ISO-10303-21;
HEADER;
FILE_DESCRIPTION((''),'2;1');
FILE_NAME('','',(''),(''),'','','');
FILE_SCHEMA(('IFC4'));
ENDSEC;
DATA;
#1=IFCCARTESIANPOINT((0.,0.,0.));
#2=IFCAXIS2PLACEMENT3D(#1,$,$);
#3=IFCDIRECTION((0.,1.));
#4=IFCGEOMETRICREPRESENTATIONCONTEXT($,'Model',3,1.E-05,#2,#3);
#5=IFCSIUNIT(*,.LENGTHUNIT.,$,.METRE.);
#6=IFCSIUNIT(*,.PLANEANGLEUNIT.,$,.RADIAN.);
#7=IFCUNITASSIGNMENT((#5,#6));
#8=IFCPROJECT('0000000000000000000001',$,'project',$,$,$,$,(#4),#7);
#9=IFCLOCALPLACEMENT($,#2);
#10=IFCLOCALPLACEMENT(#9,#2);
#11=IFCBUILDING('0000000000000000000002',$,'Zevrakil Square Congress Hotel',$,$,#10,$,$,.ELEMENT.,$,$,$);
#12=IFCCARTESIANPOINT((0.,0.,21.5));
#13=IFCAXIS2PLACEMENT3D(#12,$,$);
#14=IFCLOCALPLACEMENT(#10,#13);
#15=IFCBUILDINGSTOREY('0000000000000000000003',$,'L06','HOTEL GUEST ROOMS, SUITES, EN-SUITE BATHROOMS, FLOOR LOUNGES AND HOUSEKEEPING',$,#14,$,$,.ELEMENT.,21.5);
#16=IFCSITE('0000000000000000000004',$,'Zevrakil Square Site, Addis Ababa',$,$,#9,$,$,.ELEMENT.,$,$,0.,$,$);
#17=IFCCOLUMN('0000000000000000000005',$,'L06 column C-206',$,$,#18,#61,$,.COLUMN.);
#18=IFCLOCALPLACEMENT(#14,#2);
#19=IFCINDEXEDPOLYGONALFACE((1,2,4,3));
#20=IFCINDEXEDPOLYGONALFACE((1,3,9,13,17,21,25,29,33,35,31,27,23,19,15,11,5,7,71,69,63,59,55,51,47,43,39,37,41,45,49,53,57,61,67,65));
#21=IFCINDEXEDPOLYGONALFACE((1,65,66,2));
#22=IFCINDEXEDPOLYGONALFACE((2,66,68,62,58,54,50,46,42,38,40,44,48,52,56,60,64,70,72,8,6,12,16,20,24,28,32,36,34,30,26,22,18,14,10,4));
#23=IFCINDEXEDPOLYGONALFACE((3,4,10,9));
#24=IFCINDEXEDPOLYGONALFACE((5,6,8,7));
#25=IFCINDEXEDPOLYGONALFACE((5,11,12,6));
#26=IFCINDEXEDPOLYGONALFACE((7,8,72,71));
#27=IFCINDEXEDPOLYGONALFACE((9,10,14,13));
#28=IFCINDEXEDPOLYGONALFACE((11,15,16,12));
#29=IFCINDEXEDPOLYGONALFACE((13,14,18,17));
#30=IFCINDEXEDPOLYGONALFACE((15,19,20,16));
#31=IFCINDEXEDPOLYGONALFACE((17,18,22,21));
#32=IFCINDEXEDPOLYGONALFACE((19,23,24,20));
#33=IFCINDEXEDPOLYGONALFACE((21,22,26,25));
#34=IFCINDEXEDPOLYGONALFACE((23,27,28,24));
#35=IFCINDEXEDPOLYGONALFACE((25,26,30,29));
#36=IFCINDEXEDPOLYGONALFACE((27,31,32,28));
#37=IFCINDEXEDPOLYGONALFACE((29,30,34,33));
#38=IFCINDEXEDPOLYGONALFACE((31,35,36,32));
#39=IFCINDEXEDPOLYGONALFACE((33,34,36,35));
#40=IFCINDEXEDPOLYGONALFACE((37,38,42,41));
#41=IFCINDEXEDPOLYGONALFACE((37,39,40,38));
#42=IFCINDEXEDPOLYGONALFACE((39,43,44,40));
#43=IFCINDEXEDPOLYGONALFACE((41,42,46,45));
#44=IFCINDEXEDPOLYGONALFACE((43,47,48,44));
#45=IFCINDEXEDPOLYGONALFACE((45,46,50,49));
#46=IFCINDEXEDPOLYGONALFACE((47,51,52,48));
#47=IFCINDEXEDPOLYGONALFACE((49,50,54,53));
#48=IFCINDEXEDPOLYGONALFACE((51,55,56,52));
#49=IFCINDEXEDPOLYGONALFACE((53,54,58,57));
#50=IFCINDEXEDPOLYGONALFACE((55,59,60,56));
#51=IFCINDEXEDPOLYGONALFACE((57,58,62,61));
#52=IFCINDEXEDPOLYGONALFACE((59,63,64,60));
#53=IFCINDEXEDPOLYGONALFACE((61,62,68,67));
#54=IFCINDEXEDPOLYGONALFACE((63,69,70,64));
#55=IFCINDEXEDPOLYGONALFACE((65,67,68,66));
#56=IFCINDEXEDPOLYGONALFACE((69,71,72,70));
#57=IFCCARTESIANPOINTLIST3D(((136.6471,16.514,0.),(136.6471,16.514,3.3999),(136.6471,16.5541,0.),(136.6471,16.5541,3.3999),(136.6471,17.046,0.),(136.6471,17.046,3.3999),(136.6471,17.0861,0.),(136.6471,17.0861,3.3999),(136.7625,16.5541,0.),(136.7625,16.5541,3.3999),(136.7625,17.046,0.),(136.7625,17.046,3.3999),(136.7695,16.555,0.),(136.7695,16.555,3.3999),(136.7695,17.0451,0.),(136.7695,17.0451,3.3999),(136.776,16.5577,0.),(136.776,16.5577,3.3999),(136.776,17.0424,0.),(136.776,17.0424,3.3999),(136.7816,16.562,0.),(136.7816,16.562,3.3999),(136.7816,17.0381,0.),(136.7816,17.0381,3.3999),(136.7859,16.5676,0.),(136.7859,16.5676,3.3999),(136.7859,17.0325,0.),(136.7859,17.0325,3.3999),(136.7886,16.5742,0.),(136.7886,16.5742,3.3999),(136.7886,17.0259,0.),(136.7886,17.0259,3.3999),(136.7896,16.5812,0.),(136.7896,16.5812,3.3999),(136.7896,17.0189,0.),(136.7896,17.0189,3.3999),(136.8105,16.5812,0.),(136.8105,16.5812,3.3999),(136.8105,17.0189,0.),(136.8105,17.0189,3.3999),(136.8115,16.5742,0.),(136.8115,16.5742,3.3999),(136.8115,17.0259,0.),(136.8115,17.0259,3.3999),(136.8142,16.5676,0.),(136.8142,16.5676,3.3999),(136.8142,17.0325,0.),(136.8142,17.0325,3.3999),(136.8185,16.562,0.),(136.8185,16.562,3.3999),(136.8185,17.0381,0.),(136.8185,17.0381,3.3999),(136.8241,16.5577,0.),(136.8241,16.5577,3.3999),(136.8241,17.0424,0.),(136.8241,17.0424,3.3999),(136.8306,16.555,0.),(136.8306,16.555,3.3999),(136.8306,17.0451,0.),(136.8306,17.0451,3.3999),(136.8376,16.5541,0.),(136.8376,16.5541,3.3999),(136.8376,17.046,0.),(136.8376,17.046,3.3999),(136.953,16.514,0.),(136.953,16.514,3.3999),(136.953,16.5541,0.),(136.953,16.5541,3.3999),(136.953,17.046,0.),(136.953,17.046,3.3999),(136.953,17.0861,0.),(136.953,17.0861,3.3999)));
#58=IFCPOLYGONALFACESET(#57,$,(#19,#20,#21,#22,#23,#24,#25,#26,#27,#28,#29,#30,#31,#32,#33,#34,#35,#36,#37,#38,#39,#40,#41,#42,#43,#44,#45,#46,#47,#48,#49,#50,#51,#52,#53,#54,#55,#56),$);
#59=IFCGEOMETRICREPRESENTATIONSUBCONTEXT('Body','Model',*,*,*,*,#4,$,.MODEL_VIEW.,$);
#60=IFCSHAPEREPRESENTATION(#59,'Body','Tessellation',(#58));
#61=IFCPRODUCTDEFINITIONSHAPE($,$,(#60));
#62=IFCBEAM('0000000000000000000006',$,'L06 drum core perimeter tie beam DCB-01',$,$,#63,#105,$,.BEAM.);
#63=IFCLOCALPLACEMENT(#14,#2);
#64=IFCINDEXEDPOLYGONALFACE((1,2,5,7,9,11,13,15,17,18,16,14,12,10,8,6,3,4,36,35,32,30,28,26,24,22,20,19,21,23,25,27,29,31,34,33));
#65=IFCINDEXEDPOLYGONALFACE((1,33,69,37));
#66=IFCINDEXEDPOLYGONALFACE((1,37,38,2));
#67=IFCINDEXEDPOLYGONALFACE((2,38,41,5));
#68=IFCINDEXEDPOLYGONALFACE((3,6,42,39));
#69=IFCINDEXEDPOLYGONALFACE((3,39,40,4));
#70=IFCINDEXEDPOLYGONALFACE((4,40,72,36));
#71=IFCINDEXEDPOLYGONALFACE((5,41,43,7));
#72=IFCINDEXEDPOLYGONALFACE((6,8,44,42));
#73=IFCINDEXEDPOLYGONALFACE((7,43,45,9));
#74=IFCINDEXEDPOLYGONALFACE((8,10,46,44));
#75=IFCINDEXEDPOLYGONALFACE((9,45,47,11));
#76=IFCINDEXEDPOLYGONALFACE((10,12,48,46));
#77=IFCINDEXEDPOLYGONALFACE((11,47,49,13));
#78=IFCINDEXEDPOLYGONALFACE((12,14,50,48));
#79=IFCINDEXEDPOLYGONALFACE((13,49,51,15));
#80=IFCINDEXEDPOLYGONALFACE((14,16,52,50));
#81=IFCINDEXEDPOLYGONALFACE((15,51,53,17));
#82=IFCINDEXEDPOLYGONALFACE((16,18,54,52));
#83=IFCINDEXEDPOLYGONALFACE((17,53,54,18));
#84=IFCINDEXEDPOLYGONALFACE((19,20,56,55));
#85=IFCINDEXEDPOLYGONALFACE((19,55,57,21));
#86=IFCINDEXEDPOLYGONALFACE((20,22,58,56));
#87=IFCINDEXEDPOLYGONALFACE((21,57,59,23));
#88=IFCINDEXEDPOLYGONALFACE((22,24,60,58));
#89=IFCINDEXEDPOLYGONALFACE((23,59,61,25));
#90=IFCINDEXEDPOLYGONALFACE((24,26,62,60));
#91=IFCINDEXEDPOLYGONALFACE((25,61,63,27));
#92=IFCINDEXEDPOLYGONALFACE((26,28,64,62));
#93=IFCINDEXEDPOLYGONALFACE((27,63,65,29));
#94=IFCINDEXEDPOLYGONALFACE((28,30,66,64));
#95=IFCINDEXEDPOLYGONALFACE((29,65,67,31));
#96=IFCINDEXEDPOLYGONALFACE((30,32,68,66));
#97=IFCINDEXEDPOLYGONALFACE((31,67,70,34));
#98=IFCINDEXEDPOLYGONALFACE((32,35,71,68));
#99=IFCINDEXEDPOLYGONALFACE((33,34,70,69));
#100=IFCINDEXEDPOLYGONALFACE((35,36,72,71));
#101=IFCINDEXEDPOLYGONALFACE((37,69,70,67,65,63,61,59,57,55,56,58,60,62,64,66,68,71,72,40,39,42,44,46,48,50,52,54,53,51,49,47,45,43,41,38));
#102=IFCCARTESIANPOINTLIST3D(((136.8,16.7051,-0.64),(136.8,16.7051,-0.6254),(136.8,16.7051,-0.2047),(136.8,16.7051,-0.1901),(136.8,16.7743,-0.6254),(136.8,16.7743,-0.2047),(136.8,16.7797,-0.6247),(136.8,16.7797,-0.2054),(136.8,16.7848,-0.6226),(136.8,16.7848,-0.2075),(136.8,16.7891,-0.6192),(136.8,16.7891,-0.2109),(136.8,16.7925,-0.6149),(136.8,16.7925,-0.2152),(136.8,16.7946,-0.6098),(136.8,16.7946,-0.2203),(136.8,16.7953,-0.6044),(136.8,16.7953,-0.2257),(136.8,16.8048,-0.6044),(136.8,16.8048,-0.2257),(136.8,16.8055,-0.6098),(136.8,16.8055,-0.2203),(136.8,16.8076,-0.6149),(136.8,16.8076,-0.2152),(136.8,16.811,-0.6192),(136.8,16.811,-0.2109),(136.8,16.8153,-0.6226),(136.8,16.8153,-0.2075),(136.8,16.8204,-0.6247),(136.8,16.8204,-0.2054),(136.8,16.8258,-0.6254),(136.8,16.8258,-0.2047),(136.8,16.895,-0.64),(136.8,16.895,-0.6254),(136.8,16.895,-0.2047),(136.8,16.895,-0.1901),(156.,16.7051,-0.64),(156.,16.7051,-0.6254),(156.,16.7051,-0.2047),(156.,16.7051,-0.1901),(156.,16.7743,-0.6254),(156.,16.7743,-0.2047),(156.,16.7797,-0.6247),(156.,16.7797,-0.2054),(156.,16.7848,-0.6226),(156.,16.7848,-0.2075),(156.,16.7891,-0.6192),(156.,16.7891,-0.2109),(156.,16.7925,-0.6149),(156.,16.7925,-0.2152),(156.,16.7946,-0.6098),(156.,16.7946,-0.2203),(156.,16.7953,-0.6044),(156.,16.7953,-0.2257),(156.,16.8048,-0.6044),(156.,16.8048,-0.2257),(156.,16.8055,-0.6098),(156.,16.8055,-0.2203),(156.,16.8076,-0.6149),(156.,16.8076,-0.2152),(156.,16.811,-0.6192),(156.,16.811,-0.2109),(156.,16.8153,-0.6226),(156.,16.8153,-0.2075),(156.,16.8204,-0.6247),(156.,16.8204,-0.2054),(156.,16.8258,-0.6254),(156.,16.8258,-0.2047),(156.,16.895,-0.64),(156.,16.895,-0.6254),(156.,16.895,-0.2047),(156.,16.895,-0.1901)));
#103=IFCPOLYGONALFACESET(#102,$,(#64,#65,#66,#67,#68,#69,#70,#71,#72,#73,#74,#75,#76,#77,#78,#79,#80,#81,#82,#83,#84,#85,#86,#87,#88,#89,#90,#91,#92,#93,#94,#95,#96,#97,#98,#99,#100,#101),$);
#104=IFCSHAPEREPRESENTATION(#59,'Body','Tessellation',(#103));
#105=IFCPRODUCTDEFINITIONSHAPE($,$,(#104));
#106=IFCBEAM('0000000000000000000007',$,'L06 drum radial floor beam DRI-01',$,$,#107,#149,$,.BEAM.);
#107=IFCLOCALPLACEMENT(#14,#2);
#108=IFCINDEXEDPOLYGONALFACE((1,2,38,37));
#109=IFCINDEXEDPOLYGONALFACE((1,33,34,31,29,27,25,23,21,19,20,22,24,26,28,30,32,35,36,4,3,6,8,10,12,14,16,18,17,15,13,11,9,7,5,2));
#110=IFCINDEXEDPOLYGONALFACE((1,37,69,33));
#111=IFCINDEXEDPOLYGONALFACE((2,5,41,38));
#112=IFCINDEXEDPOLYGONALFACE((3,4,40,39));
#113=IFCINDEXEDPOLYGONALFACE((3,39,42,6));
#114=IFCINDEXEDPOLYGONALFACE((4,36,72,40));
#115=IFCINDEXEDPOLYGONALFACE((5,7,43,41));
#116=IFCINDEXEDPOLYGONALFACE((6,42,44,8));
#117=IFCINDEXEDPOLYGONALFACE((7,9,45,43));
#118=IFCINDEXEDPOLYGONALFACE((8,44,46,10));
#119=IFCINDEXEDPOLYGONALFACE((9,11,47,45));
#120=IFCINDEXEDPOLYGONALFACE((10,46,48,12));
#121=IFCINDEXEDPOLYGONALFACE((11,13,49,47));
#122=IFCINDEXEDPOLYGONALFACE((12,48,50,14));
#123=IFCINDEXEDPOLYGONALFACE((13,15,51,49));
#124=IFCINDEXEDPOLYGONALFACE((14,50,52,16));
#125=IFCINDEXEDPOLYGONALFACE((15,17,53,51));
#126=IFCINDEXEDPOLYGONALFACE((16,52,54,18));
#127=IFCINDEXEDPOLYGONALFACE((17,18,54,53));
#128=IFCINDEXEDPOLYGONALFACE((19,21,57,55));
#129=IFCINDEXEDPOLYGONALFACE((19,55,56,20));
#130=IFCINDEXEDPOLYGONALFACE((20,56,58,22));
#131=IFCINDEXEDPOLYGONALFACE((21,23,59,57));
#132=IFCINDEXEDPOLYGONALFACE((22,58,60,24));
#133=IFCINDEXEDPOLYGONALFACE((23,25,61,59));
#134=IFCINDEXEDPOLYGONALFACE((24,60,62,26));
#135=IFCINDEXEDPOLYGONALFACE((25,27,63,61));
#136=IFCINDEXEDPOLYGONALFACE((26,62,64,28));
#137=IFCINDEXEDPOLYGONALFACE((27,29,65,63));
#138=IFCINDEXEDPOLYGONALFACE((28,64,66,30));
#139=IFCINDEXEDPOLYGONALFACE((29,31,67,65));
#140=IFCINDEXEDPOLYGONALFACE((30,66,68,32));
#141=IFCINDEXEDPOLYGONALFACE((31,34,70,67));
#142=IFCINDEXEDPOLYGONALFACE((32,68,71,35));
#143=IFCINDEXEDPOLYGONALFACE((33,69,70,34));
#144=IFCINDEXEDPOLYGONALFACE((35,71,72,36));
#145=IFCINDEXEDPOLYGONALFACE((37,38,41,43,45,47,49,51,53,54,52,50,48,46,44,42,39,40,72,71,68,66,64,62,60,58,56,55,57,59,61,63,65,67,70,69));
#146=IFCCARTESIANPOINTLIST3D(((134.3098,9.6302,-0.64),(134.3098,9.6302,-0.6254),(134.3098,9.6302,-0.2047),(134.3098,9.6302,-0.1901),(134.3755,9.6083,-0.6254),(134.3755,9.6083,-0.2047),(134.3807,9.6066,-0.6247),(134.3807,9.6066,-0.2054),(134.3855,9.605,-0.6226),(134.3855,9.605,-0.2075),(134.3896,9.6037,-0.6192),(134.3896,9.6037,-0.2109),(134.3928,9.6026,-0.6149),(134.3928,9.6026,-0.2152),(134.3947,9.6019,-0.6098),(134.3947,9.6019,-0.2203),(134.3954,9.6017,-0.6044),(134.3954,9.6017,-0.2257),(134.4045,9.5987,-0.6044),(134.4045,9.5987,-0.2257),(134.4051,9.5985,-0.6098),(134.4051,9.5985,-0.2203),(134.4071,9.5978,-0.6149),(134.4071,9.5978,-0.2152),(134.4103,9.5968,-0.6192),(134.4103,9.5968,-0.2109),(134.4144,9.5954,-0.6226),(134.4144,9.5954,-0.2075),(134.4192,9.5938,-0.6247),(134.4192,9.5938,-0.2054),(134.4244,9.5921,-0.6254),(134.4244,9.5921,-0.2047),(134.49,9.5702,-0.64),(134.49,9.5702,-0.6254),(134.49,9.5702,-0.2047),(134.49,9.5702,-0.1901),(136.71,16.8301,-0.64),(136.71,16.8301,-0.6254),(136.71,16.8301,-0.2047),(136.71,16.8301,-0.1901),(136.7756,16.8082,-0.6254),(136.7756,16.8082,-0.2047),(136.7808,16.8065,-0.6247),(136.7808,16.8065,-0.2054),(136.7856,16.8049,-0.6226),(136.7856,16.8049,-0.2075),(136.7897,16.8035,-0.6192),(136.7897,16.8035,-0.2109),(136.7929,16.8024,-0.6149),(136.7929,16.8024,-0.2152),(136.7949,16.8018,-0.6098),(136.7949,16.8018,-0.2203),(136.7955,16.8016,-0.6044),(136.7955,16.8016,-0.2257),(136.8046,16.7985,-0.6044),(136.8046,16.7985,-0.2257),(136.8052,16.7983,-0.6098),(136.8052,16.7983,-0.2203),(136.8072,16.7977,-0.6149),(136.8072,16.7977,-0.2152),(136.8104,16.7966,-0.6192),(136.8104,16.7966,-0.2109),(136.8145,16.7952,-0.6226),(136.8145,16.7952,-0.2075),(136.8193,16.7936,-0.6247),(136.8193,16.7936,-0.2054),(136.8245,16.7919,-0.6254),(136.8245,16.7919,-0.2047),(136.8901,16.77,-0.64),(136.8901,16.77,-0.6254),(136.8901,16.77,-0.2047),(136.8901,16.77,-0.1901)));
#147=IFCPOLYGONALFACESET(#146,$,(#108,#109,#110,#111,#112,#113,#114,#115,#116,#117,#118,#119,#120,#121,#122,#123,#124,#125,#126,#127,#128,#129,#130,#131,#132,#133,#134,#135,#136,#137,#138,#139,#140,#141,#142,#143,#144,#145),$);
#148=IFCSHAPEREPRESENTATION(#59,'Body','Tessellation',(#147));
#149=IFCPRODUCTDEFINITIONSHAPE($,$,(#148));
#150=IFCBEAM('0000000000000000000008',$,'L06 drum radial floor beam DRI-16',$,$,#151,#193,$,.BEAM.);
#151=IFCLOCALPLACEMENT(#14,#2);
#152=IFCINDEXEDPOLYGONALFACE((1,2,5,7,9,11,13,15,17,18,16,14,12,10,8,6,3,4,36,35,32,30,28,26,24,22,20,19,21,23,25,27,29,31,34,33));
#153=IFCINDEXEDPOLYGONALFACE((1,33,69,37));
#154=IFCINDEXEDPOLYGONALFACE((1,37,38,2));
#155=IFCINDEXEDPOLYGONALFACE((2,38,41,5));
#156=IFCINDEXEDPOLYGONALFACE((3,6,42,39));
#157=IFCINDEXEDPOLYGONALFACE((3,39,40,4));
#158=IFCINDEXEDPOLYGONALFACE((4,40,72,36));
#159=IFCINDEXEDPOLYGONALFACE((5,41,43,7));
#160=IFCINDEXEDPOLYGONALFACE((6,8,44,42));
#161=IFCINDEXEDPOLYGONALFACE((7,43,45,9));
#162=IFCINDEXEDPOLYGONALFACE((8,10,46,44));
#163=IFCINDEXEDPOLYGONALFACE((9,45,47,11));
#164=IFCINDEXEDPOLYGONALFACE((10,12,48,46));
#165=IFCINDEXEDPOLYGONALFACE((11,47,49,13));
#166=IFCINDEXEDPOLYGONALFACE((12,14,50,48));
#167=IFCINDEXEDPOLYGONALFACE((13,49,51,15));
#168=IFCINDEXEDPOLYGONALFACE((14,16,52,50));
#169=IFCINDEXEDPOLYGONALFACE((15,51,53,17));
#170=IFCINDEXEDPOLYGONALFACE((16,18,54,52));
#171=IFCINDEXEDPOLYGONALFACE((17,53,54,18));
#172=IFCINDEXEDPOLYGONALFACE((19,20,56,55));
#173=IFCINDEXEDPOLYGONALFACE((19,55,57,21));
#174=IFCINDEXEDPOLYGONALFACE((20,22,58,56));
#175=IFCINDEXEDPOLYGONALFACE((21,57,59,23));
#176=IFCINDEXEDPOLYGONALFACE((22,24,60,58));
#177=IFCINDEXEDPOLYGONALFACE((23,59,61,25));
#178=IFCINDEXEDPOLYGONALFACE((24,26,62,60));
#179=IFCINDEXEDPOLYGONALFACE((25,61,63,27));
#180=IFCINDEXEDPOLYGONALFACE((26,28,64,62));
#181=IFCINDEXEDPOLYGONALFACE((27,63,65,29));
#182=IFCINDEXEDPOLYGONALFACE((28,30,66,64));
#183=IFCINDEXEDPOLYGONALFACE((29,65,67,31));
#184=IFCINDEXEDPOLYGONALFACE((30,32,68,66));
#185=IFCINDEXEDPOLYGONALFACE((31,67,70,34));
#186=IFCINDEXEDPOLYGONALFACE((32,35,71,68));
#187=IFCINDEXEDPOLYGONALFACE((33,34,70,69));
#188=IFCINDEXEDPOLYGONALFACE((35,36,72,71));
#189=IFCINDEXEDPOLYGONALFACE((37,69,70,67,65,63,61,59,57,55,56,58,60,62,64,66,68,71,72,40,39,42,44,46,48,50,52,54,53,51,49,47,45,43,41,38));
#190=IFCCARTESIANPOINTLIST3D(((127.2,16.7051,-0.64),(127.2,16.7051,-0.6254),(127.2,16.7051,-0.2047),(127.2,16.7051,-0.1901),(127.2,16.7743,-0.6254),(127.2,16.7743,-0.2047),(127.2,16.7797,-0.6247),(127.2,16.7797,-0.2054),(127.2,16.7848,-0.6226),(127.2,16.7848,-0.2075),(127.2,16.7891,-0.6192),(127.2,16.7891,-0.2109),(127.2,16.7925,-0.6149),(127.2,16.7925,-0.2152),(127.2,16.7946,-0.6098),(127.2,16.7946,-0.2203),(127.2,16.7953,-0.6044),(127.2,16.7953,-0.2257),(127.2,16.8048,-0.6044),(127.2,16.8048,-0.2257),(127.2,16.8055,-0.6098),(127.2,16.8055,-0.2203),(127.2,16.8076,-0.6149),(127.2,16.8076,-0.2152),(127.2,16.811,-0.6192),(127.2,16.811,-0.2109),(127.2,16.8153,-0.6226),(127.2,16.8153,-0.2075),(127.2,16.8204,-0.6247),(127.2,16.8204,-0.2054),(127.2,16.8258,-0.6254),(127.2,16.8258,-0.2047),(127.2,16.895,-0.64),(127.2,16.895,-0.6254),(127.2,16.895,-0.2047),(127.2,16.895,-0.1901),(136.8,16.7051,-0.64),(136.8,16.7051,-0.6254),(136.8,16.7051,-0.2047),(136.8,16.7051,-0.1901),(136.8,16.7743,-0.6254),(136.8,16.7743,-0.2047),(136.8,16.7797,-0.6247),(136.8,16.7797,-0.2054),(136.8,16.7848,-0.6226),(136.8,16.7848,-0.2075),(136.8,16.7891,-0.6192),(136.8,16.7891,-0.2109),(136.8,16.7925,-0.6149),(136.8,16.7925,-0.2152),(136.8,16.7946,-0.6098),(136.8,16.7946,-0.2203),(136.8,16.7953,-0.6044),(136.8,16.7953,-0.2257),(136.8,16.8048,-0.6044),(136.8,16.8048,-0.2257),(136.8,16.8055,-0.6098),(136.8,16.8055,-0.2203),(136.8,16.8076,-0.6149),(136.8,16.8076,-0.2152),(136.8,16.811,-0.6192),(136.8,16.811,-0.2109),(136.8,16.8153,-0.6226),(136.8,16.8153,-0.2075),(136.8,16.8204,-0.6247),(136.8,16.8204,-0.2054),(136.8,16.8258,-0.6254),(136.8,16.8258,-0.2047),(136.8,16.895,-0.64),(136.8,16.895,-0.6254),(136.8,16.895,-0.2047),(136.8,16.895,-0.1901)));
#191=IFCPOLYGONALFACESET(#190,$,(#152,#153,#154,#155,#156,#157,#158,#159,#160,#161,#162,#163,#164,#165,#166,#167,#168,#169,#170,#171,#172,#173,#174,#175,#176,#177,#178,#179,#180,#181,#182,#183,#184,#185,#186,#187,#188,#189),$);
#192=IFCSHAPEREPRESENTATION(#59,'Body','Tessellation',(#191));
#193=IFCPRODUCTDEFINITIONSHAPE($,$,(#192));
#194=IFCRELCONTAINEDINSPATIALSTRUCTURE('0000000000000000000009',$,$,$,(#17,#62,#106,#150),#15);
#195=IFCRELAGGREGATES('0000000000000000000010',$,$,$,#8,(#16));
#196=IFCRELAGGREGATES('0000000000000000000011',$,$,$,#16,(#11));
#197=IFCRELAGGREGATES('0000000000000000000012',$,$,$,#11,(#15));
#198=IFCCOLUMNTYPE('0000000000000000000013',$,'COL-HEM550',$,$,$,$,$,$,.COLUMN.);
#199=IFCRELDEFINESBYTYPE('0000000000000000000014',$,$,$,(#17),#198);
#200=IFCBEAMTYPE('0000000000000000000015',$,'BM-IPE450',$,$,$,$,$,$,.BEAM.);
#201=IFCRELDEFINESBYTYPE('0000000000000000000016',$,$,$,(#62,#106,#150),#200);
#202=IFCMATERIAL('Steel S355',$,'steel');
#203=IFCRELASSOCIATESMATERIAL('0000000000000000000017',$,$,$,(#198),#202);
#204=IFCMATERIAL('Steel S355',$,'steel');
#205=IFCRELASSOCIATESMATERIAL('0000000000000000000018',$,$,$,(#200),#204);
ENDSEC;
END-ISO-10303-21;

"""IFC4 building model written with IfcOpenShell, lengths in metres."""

from ifc_helpers import new_model, si_unit, direction, frame, origin, origin_2d, place, context, subcontext, project, spatial, i_section, extrude, material, material_profile, profile_set, type_object, element, save


model = new_model("IFC4")

# Units and contexts
model_context = context("Model", 3, precision=1e-05, world=origin(), true_north=direction((0.0, 1.0)))
body_context = subcontext(model_context, "Body", "Model", "MODEL_VIEW")
ifc_project = project(units=[si_unit("LENGTHUNIT", "METRE"), si_unit("PLANEANGLEUNIT", "RADIAN")], contexts=[model_context])

# Site, building, storey
site_placement = place(None, origin())
site = spatial("IfcSite", under=ifc_project, at=site_placement, Name="Zevrakil Square Site, Addis Ababa", CompositionType="ELEMENT", RefElevation=0.0)
building_placement = place(site_placement, origin())
building = spatial("IfcBuilding", under=site, at=building_placement, Name="Zevrakil Square Congress Hotel", CompositionType="ELEMENT")
storey_placement = place(building_placement, frame((0.0, 0.0, 21.5)))
storey = spatial("IfcBuildingStorey", under=building, at=storey_placement, Name="L06", Description="HOTEL GUEST ROOMS, SUITES, EN-SUITE BATHROOMS, FLOOR LOUNGES AND HOUSEKEEPING", CompositionType="ELEMENT", Elevation=21.5)

# Column
ifc_material_1 = material(Name="Steel S355", Category="steel")
ifc_material_profile_1 = material_profile(ifc_material_1, i_section(OverallWidth=0.3059, OverallDepth=0.572, WebThickness=0.021, FlangeThickness=0.04, FilletRadius=0.0271, at=origin_2d()), Name="HEM 550")
ifc_profile_set_1 = profile_set([ifc_material_profile_1], Name="Steel S355")
column_type = type_object("IfcColumnType", Name="COL-HEM550", PredefinedType="COLUMN", material=ifc_profile_set_1)
column_placement = place(storey_placement, frame((136.8, 16.8, 0.0), z_axis=(0.0, 0.0, 1.0), x_axis=(1.0, 0.0, 0.0)))
element("IfcColumn", 1, at=column_placement, inside=storey, type_object=column_type, Name="L06 column C-206", PredefinedType="COLUMN", context=body_context, shape_type="SweptSolid", body=[
    extrude(i_section(OverallWidth=0.3059, OverallDepth=0.572, WebThickness=0.021, FlangeThickness=0.04, FilletRadius=0.0271, at=origin_2d()), origin(), (0.0, 0.0, 1.0), 3.3999),
])

# Beams
ifc_material_2 = material(Name="Steel S355", Category="steel")
ifc_material_profile_2 = material_profile(ifc_material_2, i_section(OverallWidth=0.1899, OverallDepth=0.45, WebThickness=0.0095, FlangeThickness=0.0146, FilletRadius=0.021, at=origin_2d()), Name="IPE 450")
ifc_profile_set_2 = profile_set([ifc_material_profile_2], Name="Steel S355")
beam_type = type_object("IfcBeamType", Name="BM-IPE450", PredefinedType="BEAM", material=ifc_profile_set_2)
beam_1_placement = place(storey_placement, frame((136.8, 16.8, -0.415), z_axis=(1.0, 0.0, 0.0), x_axis=(0.0, 1.0, 0.0)))
element("IfcBeam", 2, at=beam_1_placement, inside=storey, type_object=beam_type, Name="L06 drum core perimeter tie beam DCB-01", PredefinedType="BEAM", context=body_context, shape_type="SweptSolid", body=[
    extrude(i_section(OverallWidth=0.1899, OverallDepth=0.45, WebThickness=0.0095, FlangeThickness=0.0146, FilletRadius=0.021, at=origin_2d()), origin(), (0.0, 0.0, 1.0), 19.2),
])
beam_2_placement = place(storey_placement, frame((136.8, 16.8, -0.415), z_axis=(-0.316247, -0.948677, 0.0), x_axis=(0.948677, -0.316247, 0.0)))
element("IfcBeam", 3, at=beam_2_placement, inside=storey, type_object=beam_type, Name="L06 drum radial floor beam DRI-01", PredefinedType="BEAM", context=body_context, shape_type="SweptSolid", body=[
    extrude(i_section(OverallWidth=0.1899, OverallDepth=0.45, WebThickness=0.0095, FlangeThickness=0.0146, FilletRadius=0.021, at=origin_2d()), origin(), (0.0, 0.0, 1.0), 7.5894),
])
beam_3_placement = place(storey_placement, frame((136.8, 16.8, -0.415), z_axis=(-1.0, 0.0, 0.0), x_axis=(0.0, -1.0, 0.0)))
element("IfcBeam", 4, at=beam_3_placement, inside=storey, type_object=beam_type, Name="L06 drum radial floor beam DRI-16", PredefinedType="BEAM", context=body_context, shape_type="SweptSolid", body=[
    extrude(i_section(OverallWidth=0.1899, OverallDepth=0.45, WebThickness=0.0095, FlangeThickness=0.0146, FilletRadius=0.021, at=origin_2d()), origin(), (0.0, 0.0, 1.0), 9.6001),
])

save(model, "model.ifc")
